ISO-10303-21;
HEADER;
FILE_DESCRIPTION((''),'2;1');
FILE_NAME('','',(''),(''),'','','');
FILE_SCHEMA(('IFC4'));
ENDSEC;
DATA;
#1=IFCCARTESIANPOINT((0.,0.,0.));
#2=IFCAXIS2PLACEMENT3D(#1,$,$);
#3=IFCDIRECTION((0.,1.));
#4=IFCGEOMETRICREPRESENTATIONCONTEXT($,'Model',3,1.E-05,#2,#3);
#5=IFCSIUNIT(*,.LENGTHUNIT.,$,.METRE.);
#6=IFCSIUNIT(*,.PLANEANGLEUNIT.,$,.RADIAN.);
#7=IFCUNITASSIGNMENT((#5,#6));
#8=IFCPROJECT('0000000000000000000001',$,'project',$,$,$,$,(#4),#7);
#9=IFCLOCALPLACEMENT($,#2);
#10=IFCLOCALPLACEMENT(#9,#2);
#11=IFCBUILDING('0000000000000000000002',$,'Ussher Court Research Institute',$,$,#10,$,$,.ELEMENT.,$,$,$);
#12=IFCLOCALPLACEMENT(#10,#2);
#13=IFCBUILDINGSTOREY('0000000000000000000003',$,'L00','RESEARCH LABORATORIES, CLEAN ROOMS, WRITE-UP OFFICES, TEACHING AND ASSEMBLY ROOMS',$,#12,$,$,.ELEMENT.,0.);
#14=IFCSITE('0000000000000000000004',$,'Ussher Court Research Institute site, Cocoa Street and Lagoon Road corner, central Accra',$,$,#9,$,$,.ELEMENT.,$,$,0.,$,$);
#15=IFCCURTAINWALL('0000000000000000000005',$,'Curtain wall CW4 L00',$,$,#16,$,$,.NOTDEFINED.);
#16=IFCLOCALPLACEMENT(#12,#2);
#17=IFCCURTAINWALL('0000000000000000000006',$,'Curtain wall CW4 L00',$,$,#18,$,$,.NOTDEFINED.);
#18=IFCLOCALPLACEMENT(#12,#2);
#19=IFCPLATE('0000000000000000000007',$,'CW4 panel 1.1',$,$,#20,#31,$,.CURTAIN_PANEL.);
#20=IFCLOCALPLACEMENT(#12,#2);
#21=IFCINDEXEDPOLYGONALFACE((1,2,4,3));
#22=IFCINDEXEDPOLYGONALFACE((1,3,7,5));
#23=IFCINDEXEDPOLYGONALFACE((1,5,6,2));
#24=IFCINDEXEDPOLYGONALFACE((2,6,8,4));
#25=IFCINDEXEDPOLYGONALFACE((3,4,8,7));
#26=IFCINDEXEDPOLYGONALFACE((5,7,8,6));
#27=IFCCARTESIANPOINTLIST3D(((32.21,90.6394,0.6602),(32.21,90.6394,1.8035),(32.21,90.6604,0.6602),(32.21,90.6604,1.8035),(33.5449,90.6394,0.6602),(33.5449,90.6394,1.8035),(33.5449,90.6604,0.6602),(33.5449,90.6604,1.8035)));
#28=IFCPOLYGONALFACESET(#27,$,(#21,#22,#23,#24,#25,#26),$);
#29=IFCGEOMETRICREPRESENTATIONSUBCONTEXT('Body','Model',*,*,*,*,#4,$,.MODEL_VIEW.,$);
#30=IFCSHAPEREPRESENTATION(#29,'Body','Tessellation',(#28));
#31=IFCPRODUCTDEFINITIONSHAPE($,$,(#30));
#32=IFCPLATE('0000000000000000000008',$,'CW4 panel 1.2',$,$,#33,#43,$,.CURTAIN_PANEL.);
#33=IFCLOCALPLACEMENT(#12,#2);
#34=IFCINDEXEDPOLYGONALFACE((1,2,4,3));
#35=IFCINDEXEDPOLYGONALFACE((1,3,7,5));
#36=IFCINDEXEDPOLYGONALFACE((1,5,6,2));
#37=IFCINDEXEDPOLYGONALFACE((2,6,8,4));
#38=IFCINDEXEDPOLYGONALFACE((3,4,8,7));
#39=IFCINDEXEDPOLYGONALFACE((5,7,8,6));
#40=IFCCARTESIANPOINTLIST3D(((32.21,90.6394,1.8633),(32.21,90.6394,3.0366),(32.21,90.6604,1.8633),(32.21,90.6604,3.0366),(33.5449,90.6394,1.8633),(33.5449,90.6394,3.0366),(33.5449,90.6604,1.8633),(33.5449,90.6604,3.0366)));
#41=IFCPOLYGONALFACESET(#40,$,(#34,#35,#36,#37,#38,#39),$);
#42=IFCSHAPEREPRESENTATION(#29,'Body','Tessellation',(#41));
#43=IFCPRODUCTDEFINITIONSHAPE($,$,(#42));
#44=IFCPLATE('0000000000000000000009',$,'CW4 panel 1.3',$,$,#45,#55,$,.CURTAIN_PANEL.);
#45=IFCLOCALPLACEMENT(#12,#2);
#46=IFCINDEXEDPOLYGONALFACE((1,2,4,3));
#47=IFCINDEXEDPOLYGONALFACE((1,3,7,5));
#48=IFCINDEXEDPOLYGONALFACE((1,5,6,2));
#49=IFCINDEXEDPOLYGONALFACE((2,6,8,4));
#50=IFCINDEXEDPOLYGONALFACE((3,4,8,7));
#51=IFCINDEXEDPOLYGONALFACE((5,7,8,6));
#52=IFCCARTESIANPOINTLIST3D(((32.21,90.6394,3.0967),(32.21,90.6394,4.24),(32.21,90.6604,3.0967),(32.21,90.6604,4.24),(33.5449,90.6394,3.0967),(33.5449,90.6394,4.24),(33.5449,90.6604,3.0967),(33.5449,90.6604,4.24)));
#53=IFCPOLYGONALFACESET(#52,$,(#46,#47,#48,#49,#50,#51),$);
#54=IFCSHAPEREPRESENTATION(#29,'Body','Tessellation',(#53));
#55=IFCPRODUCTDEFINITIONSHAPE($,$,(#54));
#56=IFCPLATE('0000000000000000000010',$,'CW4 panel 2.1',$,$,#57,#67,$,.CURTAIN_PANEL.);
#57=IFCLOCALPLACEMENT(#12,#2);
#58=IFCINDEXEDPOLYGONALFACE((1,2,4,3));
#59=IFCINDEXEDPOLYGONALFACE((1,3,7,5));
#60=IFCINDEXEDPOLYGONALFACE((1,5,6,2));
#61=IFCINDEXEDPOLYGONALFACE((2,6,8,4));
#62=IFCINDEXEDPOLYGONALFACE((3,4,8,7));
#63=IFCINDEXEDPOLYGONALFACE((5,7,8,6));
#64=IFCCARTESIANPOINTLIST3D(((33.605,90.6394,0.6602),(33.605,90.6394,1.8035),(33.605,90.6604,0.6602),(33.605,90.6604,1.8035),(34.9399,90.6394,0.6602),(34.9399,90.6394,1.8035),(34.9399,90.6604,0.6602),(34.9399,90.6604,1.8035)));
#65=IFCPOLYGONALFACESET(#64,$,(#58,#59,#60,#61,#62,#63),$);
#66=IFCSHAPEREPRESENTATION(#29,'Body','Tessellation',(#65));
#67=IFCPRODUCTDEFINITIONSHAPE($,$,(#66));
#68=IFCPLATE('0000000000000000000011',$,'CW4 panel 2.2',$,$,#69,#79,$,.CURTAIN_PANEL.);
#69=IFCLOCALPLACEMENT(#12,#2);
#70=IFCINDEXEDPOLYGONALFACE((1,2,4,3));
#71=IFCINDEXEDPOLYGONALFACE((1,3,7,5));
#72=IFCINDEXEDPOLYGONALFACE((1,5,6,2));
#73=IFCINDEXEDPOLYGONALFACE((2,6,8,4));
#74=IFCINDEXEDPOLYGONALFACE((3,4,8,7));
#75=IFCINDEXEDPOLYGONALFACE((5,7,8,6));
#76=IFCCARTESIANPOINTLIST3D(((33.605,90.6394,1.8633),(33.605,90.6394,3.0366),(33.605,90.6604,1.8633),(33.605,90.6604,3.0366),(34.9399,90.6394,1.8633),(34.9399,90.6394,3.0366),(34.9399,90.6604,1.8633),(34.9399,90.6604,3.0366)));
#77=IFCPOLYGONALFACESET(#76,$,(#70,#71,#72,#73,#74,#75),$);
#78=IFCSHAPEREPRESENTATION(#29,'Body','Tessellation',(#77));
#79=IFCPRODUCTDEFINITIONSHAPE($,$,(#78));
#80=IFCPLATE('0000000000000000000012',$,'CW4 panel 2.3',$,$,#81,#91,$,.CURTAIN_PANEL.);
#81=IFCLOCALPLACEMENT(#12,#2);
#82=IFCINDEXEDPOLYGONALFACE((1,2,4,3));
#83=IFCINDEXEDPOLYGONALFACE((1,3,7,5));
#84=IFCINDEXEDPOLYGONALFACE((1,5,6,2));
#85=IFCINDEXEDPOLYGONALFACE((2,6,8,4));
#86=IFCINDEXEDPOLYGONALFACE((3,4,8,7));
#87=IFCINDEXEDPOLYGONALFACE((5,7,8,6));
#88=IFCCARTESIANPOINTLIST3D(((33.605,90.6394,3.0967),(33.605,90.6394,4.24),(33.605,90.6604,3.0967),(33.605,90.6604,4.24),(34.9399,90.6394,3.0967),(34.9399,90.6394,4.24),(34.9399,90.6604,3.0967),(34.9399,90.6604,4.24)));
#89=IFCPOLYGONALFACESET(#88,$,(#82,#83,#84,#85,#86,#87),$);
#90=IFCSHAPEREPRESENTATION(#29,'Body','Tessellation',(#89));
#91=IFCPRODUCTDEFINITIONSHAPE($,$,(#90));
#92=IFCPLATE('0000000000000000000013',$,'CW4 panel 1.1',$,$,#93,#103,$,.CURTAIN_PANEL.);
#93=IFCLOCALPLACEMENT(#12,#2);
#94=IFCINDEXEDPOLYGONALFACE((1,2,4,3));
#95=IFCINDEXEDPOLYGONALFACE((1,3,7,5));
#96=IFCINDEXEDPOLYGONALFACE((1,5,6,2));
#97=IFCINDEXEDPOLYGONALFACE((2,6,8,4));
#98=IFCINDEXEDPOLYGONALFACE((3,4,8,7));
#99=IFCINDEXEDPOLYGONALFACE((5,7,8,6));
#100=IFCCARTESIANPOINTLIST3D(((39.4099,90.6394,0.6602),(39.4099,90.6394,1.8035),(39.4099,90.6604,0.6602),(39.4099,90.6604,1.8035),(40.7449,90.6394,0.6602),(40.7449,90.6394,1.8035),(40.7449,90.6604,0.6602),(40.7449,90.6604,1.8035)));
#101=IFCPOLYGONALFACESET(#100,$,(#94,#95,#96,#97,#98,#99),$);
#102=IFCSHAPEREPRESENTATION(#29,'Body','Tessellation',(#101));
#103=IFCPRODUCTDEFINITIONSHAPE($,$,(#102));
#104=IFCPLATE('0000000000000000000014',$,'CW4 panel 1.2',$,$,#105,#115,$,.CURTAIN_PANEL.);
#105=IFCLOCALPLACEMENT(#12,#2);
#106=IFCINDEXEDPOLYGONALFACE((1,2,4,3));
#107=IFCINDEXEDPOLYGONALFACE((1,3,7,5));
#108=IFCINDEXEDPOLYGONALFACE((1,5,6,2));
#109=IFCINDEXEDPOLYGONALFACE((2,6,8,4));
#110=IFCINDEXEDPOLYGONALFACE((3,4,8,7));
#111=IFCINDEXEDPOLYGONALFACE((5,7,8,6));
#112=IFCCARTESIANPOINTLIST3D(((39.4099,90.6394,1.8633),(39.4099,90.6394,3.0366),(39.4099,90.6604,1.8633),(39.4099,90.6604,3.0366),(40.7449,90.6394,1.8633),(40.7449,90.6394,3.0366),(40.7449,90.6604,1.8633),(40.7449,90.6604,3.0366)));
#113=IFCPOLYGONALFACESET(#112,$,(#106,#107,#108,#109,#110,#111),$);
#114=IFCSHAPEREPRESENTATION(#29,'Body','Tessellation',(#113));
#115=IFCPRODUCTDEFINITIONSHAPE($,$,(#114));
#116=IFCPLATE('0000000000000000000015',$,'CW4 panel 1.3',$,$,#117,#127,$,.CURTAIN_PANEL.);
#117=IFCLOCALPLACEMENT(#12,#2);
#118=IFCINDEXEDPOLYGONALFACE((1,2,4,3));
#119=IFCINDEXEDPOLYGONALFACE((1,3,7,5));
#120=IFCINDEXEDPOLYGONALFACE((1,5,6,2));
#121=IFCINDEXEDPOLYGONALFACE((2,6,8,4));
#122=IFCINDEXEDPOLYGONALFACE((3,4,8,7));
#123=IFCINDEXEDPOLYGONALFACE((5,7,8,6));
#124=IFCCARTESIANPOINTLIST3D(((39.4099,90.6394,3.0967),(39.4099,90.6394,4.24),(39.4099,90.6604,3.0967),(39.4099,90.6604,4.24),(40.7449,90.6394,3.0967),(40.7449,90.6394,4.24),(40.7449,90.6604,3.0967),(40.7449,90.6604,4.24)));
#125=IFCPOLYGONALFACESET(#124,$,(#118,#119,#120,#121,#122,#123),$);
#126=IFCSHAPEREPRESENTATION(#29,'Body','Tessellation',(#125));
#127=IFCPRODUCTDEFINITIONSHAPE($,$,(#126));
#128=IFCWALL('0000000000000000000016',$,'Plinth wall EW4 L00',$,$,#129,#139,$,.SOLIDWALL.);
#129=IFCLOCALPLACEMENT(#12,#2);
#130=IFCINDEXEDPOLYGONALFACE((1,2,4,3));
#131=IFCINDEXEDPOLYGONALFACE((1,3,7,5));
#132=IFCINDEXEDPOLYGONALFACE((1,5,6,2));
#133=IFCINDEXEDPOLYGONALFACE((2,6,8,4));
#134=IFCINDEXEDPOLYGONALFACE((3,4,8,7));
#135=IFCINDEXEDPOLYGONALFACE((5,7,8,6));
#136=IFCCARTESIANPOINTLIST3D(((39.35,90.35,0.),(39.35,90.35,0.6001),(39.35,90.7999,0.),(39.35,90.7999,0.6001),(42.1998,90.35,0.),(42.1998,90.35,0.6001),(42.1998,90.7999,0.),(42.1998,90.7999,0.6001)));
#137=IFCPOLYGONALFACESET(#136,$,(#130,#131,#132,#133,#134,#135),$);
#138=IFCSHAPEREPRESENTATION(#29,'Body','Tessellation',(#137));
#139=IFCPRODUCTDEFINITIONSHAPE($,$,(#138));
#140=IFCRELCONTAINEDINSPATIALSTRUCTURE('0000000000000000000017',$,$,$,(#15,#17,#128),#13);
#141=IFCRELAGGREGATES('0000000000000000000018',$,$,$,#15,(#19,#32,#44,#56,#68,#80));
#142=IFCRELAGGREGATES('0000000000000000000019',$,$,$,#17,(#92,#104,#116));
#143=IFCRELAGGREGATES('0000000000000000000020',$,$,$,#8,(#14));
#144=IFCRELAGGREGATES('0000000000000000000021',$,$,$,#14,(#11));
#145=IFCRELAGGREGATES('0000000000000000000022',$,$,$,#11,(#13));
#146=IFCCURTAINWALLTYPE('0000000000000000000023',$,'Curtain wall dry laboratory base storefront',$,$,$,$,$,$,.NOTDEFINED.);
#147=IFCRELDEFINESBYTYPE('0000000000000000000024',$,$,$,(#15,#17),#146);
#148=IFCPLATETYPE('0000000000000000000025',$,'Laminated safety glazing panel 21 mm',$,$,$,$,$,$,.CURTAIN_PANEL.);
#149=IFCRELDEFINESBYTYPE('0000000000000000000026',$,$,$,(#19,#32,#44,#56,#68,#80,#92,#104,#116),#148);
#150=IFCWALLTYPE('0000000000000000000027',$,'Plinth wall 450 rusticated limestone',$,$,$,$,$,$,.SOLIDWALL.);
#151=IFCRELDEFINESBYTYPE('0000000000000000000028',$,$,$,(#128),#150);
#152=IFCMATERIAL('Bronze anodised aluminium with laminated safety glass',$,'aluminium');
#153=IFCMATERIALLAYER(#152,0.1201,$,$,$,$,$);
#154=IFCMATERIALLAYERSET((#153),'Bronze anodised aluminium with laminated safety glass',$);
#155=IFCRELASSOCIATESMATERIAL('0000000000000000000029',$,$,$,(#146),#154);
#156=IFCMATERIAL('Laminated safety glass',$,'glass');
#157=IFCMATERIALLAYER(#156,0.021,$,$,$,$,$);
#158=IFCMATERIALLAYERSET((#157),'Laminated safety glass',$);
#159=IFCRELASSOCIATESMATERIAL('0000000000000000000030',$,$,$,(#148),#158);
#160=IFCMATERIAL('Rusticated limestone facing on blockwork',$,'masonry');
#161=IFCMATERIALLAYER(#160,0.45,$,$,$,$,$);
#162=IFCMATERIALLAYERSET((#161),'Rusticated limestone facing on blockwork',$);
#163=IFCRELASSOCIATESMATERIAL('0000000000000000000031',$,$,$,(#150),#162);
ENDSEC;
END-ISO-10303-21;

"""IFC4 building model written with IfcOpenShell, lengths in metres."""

from ifc_helpers import new_model, si_unit, direction, frame, frame_2d, origin, origin_2d, place, context, subcontext, project, spatial, rectangle, extrude, material, layer, layer_set, type_object, element, aggregate, save


model = new_model("IFC4")

# Units and contexts
model_context = context("Model", 3, precision=1e-05, world=origin(), true_north=direction((0.0, 1.0)))
body_context = subcontext(model_context, "Body", "Model", "MODEL_VIEW")
ifc_project = project(units=[si_unit("LENGTHUNIT", "METRE"), si_unit("PLANEANGLEUNIT", "RADIAN")], contexts=[model_context])

# Site, building, storey
site_placement = place(None, origin())
site = spatial("IfcSite", under=ifc_project, at=site_placement, Name="Ussher Court Research Institute site, Cocoa Street and Lagoon Road corner, central Accra", CompositionType="ELEMENT", RefElevation=0.0)
building_placement = place(site_placement, origin())
building = spatial("IfcBuilding", under=site, at=building_placement, Name="Ussher Court Research Institute", CompositionType="ELEMENT")
storey_placement = place(building_placement, origin())
storey = spatial("IfcBuildingStorey", under=building, at=storey_placement, Name="L00", Description="RESEARCH LABORATORIES, CLEAN ROOMS, WRITE-UP OFFICES, TEACHING AND ASSEMBLY ROOMS", CompositionType="ELEMENT", Elevation=0.0)

# Curtain walls
ifc_material_1 = material(Name="Bronze anodised aluminium with laminated safety glass", Category="aluminium")
ifc_layer_1 = layer(ifc_material_1, 0.1201)
ifc_layer_set_1 = layer_set([ifc_layer_1], Name="Bronze anodised aluminium with laminated safety glass")
curtain_wall_type = type_object("IfcCurtainWallType", Name="Curtain wall dry laboratory base storefront", PredefinedType="NOTDEFINED", material=ifc_layer_set_1)
curtain_wall_1_placement = place(storey_placement, origin())
curtain_wall_1 = element("IfcCurtainWall", 1, at=curtain_wall_1_placement, inside=storey, type_object=curtain_wall_type, Name="Curtain wall CW4 L00", PredefinedType="NOTDEFINED")
curtain_wall_2_placement = place(storey_placement, origin())
curtain_wall_2 = element("IfcCurtainWall", 2, at=curtain_wall_2_placement, inside=storey, type_object=curtain_wall_type, Name="Curtain wall CW4 L00", PredefinedType="NOTDEFINED")

# Plates
ifc_material_2 = material(Name="Laminated safety glass", Category="glass")
ifc_layer_2 = layer(ifc_material_2, 0.021)
ifc_layer_set_2 = layer_set([ifc_layer_2], Name="Laminated safety glass")
plate_type = type_object("IfcPlateType", Name="Laminated safety glazing panel 21 mm", PredefinedType="CURTAIN_PANEL", material=ifc_layer_set_2)
plate_1_placement = place(storey_placement, frame((32.8774, 90.6499, 0.6602), z_axis=(0.0, 0.0, 1.0), x_axis=(1.0, 0.0, 0.0)))
plate_1 = element("IfcPlate", 3, at=plate_1_placement, type_object=plate_type, Name="CW4 panel 1.1", PredefinedType="CURTAIN_PANEL", context=body_context, shape_type="SweptSolid", body=[
    extrude(rectangle(XDim=1.335, YDim=0.021, at=origin_2d()), origin(), (0.0, 0.0, 1.0), 1.1433),
])
plate_2_placement = place(storey_placement, frame((32.8774, 90.6499, 1.8633), z_axis=(0.0, 0.0, 1.0), x_axis=(1.0, 0.0, 0.0)))
plate_2 = element("IfcPlate", 4, at=plate_2_placement, type_object=plate_type, Name="CW4 panel 1.2", PredefinedType="CURTAIN_PANEL", context=body_context, shape_type="SweptSolid", body=[
    extrude(rectangle(XDim=1.335, YDim=0.021, at=origin_2d()), origin(), (0.0, 0.0, 1.0), 1.1733),
])
plate_3_placement = place(storey_placement, frame((32.8774, 90.6499, 3.0967), z_axis=(0.0, 0.0, 1.0), x_axis=(1.0, 0.0, 0.0)))
plate_3 = element("IfcPlate", 5, at=plate_3_placement, type_object=plate_type, Name="CW4 panel 1.3", PredefinedType="CURTAIN_PANEL", context=body_context, shape_type="SweptSolid", body=[
    extrude(rectangle(XDim=1.335, YDim=0.021, at=origin_2d()), origin(), (0.0, 0.0, 1.0), 1.1433),
])
plate_4_placement = place(storey_placement, frame((34.2725, 90.6499, 0.6602), z_axis=(0.0, 0.0, 1.0), x_axis=(1.0, 0.0, 0.0)))
plate_4 = element("IfcPlate", 6, at=plate_4_placement, type_object=plate_type, Name="CW4 panel 2.1", PredefinedType="CURTAIN_PANEL", context=body_context, shape_type="SweptSolid", body=[
    extrude(rectangle(XDim=1.335, YDim=0.021, at=origin_2d()), origin(), (0.0, 0.0, 1.0), 1.1433),
])
plate_5_placement = place(storey_placement, frame((34.2725, 90.6499, 1.8633), z_axis=(0.0, 0.0, 1.0), x_axis=(1.0, 0.0, 0.0)))
plate_5 = element("IfcPlate", 7, at=plate_5_placement, type_object=plate_type, Name="CW4 panel 2.2", PredefinedType="CURTAIN_PANEL", context=body_context, shape_type="SweptSolid", body=[
    extrude(rectangle(XDim=1.335, YDim=0.021, at=origin_2d()), origin(), (0.0, 0.0, 1.0), 1.1733),
])
plate_6_placement = place(storey_placement, frame((34.2725, 90.6499, 3.0967), z_axis=(0.0, 0.0, 1.0), x_axis=(1.0, 0.0, 0.0)))
plate_6 = element("IfcPlate", 8, at=plate_6_placement, type_object=plate_type, Name="CW4 panel 2.3", PredefinedType="CURTAIN_PANEL", context=body_context, shape_type="SweptSolid", body=[
    extrude(rectangle(XDim=1.335, YDim=0.021, at=origin_2d()), origin(), (0.0, 0.0, 1.0), 1.1433),
])
aggregate(curtain_wall_1, [plate_1, plate_2, plate_3, plate_4, plate_5, plate_6])
plate_7_placement = place(storey_placement, frame((40.0774, 90.6499, 0.6602), z_axis=(0.0, 0.0, 1.0), x_axis=(1.0, 0.0, 0.0)))
plate_7 = element("IfcPlate", 9, at=plate_7_placement, type_object=plate_type, Name="CW4 panel 1.1", PredefinedType="CURTAIN_PANEL", context=body_context, shape_type="SweptSolid", body=[
    extrude(rectangle(XDim=1.335, YDim=0.021, at=origin_2d()), origin(), (0.0, 0.0, 1.0), 1.1433),
])
plate_8_placement = place(storey_placement, frame((40.0774, 90.6499, 1.8633), z_axis=(0.0, 0.0, 1.0), x_axis=(1.0, 0.0, 0.0)))
plate_8 = element("IfcPlate", 10, at=plate_8_placement, type_object=plate_type, Name="CW4 panel 1.2", PredefinedType="CURTAIN_PANEL", context=body_context, shape_type="SweptSolid", body=[
    extrude(rectangle(XDim=1.335, YDim=0.021, at=origin_2d()), origin(), (0.0, 0.0, 1.0), 1.1733),
])
plate_9_placement = place(storey_placement, frame((40.0774, 90.6499, 3.0967), z_axis=(0.0, 0.0, 1.0), x_axis=(1.0, 0.0, 0.0)))
plate_9 = element("IfcPlate", 11, at=plate_9_placement, type_object=plate_type, Name="CW4 panel 1.3", PredefinedType="CURTAIN_PANEL", context=body_context, shape_type="SweptSolid", body=[
    extrude(rectangle(XDim=1.335, YDim=0.021, at=origin_2d()), origin(), (0.0, 0.0, 1.0), 1.1433),
])
aggregate(curtain_wall_2, [plate_7, plate_8, plate_9])

# Wall
ifc_material_3 = material(Name="Rusticated limestone facing on blockwork", Category="masonry")
ifc_layer_3 = layer(ifc_material_3, 0.45)
ifc_layer_set_3 = layer_set([ifc_layer_3], Name="Rusticated limestone facing on blockwork")
wall_type = type_object("IfcWallType", Name="Plinth wall 450 rusticated limestone", PredefinedType="SOLIDWALL", material=ifc_layer_set_3)
wall_placement = place(storey_placement, frame((39.3501, 90.575, 0.0), z_axis=(0.0, 0.0, 1.0), x_axis=(1.0, 0.0, 0.0)))
element("IfcWall", 12, at=wall_placement, inside=storey, type_object=wall_type, Name="Plinth wall EW4 L00", PredefinedType="SOLIDWALL", context=body_context, shape_type="SweptSolid", body=[
    extrude(rectangle(XDim=2.8499, YDim=0.45, at=frame_2d((1.4248, 0.0))), origin(), (0.0, 0.0, 1.0), 0.6001),
])

save(model, "model.ifc")
